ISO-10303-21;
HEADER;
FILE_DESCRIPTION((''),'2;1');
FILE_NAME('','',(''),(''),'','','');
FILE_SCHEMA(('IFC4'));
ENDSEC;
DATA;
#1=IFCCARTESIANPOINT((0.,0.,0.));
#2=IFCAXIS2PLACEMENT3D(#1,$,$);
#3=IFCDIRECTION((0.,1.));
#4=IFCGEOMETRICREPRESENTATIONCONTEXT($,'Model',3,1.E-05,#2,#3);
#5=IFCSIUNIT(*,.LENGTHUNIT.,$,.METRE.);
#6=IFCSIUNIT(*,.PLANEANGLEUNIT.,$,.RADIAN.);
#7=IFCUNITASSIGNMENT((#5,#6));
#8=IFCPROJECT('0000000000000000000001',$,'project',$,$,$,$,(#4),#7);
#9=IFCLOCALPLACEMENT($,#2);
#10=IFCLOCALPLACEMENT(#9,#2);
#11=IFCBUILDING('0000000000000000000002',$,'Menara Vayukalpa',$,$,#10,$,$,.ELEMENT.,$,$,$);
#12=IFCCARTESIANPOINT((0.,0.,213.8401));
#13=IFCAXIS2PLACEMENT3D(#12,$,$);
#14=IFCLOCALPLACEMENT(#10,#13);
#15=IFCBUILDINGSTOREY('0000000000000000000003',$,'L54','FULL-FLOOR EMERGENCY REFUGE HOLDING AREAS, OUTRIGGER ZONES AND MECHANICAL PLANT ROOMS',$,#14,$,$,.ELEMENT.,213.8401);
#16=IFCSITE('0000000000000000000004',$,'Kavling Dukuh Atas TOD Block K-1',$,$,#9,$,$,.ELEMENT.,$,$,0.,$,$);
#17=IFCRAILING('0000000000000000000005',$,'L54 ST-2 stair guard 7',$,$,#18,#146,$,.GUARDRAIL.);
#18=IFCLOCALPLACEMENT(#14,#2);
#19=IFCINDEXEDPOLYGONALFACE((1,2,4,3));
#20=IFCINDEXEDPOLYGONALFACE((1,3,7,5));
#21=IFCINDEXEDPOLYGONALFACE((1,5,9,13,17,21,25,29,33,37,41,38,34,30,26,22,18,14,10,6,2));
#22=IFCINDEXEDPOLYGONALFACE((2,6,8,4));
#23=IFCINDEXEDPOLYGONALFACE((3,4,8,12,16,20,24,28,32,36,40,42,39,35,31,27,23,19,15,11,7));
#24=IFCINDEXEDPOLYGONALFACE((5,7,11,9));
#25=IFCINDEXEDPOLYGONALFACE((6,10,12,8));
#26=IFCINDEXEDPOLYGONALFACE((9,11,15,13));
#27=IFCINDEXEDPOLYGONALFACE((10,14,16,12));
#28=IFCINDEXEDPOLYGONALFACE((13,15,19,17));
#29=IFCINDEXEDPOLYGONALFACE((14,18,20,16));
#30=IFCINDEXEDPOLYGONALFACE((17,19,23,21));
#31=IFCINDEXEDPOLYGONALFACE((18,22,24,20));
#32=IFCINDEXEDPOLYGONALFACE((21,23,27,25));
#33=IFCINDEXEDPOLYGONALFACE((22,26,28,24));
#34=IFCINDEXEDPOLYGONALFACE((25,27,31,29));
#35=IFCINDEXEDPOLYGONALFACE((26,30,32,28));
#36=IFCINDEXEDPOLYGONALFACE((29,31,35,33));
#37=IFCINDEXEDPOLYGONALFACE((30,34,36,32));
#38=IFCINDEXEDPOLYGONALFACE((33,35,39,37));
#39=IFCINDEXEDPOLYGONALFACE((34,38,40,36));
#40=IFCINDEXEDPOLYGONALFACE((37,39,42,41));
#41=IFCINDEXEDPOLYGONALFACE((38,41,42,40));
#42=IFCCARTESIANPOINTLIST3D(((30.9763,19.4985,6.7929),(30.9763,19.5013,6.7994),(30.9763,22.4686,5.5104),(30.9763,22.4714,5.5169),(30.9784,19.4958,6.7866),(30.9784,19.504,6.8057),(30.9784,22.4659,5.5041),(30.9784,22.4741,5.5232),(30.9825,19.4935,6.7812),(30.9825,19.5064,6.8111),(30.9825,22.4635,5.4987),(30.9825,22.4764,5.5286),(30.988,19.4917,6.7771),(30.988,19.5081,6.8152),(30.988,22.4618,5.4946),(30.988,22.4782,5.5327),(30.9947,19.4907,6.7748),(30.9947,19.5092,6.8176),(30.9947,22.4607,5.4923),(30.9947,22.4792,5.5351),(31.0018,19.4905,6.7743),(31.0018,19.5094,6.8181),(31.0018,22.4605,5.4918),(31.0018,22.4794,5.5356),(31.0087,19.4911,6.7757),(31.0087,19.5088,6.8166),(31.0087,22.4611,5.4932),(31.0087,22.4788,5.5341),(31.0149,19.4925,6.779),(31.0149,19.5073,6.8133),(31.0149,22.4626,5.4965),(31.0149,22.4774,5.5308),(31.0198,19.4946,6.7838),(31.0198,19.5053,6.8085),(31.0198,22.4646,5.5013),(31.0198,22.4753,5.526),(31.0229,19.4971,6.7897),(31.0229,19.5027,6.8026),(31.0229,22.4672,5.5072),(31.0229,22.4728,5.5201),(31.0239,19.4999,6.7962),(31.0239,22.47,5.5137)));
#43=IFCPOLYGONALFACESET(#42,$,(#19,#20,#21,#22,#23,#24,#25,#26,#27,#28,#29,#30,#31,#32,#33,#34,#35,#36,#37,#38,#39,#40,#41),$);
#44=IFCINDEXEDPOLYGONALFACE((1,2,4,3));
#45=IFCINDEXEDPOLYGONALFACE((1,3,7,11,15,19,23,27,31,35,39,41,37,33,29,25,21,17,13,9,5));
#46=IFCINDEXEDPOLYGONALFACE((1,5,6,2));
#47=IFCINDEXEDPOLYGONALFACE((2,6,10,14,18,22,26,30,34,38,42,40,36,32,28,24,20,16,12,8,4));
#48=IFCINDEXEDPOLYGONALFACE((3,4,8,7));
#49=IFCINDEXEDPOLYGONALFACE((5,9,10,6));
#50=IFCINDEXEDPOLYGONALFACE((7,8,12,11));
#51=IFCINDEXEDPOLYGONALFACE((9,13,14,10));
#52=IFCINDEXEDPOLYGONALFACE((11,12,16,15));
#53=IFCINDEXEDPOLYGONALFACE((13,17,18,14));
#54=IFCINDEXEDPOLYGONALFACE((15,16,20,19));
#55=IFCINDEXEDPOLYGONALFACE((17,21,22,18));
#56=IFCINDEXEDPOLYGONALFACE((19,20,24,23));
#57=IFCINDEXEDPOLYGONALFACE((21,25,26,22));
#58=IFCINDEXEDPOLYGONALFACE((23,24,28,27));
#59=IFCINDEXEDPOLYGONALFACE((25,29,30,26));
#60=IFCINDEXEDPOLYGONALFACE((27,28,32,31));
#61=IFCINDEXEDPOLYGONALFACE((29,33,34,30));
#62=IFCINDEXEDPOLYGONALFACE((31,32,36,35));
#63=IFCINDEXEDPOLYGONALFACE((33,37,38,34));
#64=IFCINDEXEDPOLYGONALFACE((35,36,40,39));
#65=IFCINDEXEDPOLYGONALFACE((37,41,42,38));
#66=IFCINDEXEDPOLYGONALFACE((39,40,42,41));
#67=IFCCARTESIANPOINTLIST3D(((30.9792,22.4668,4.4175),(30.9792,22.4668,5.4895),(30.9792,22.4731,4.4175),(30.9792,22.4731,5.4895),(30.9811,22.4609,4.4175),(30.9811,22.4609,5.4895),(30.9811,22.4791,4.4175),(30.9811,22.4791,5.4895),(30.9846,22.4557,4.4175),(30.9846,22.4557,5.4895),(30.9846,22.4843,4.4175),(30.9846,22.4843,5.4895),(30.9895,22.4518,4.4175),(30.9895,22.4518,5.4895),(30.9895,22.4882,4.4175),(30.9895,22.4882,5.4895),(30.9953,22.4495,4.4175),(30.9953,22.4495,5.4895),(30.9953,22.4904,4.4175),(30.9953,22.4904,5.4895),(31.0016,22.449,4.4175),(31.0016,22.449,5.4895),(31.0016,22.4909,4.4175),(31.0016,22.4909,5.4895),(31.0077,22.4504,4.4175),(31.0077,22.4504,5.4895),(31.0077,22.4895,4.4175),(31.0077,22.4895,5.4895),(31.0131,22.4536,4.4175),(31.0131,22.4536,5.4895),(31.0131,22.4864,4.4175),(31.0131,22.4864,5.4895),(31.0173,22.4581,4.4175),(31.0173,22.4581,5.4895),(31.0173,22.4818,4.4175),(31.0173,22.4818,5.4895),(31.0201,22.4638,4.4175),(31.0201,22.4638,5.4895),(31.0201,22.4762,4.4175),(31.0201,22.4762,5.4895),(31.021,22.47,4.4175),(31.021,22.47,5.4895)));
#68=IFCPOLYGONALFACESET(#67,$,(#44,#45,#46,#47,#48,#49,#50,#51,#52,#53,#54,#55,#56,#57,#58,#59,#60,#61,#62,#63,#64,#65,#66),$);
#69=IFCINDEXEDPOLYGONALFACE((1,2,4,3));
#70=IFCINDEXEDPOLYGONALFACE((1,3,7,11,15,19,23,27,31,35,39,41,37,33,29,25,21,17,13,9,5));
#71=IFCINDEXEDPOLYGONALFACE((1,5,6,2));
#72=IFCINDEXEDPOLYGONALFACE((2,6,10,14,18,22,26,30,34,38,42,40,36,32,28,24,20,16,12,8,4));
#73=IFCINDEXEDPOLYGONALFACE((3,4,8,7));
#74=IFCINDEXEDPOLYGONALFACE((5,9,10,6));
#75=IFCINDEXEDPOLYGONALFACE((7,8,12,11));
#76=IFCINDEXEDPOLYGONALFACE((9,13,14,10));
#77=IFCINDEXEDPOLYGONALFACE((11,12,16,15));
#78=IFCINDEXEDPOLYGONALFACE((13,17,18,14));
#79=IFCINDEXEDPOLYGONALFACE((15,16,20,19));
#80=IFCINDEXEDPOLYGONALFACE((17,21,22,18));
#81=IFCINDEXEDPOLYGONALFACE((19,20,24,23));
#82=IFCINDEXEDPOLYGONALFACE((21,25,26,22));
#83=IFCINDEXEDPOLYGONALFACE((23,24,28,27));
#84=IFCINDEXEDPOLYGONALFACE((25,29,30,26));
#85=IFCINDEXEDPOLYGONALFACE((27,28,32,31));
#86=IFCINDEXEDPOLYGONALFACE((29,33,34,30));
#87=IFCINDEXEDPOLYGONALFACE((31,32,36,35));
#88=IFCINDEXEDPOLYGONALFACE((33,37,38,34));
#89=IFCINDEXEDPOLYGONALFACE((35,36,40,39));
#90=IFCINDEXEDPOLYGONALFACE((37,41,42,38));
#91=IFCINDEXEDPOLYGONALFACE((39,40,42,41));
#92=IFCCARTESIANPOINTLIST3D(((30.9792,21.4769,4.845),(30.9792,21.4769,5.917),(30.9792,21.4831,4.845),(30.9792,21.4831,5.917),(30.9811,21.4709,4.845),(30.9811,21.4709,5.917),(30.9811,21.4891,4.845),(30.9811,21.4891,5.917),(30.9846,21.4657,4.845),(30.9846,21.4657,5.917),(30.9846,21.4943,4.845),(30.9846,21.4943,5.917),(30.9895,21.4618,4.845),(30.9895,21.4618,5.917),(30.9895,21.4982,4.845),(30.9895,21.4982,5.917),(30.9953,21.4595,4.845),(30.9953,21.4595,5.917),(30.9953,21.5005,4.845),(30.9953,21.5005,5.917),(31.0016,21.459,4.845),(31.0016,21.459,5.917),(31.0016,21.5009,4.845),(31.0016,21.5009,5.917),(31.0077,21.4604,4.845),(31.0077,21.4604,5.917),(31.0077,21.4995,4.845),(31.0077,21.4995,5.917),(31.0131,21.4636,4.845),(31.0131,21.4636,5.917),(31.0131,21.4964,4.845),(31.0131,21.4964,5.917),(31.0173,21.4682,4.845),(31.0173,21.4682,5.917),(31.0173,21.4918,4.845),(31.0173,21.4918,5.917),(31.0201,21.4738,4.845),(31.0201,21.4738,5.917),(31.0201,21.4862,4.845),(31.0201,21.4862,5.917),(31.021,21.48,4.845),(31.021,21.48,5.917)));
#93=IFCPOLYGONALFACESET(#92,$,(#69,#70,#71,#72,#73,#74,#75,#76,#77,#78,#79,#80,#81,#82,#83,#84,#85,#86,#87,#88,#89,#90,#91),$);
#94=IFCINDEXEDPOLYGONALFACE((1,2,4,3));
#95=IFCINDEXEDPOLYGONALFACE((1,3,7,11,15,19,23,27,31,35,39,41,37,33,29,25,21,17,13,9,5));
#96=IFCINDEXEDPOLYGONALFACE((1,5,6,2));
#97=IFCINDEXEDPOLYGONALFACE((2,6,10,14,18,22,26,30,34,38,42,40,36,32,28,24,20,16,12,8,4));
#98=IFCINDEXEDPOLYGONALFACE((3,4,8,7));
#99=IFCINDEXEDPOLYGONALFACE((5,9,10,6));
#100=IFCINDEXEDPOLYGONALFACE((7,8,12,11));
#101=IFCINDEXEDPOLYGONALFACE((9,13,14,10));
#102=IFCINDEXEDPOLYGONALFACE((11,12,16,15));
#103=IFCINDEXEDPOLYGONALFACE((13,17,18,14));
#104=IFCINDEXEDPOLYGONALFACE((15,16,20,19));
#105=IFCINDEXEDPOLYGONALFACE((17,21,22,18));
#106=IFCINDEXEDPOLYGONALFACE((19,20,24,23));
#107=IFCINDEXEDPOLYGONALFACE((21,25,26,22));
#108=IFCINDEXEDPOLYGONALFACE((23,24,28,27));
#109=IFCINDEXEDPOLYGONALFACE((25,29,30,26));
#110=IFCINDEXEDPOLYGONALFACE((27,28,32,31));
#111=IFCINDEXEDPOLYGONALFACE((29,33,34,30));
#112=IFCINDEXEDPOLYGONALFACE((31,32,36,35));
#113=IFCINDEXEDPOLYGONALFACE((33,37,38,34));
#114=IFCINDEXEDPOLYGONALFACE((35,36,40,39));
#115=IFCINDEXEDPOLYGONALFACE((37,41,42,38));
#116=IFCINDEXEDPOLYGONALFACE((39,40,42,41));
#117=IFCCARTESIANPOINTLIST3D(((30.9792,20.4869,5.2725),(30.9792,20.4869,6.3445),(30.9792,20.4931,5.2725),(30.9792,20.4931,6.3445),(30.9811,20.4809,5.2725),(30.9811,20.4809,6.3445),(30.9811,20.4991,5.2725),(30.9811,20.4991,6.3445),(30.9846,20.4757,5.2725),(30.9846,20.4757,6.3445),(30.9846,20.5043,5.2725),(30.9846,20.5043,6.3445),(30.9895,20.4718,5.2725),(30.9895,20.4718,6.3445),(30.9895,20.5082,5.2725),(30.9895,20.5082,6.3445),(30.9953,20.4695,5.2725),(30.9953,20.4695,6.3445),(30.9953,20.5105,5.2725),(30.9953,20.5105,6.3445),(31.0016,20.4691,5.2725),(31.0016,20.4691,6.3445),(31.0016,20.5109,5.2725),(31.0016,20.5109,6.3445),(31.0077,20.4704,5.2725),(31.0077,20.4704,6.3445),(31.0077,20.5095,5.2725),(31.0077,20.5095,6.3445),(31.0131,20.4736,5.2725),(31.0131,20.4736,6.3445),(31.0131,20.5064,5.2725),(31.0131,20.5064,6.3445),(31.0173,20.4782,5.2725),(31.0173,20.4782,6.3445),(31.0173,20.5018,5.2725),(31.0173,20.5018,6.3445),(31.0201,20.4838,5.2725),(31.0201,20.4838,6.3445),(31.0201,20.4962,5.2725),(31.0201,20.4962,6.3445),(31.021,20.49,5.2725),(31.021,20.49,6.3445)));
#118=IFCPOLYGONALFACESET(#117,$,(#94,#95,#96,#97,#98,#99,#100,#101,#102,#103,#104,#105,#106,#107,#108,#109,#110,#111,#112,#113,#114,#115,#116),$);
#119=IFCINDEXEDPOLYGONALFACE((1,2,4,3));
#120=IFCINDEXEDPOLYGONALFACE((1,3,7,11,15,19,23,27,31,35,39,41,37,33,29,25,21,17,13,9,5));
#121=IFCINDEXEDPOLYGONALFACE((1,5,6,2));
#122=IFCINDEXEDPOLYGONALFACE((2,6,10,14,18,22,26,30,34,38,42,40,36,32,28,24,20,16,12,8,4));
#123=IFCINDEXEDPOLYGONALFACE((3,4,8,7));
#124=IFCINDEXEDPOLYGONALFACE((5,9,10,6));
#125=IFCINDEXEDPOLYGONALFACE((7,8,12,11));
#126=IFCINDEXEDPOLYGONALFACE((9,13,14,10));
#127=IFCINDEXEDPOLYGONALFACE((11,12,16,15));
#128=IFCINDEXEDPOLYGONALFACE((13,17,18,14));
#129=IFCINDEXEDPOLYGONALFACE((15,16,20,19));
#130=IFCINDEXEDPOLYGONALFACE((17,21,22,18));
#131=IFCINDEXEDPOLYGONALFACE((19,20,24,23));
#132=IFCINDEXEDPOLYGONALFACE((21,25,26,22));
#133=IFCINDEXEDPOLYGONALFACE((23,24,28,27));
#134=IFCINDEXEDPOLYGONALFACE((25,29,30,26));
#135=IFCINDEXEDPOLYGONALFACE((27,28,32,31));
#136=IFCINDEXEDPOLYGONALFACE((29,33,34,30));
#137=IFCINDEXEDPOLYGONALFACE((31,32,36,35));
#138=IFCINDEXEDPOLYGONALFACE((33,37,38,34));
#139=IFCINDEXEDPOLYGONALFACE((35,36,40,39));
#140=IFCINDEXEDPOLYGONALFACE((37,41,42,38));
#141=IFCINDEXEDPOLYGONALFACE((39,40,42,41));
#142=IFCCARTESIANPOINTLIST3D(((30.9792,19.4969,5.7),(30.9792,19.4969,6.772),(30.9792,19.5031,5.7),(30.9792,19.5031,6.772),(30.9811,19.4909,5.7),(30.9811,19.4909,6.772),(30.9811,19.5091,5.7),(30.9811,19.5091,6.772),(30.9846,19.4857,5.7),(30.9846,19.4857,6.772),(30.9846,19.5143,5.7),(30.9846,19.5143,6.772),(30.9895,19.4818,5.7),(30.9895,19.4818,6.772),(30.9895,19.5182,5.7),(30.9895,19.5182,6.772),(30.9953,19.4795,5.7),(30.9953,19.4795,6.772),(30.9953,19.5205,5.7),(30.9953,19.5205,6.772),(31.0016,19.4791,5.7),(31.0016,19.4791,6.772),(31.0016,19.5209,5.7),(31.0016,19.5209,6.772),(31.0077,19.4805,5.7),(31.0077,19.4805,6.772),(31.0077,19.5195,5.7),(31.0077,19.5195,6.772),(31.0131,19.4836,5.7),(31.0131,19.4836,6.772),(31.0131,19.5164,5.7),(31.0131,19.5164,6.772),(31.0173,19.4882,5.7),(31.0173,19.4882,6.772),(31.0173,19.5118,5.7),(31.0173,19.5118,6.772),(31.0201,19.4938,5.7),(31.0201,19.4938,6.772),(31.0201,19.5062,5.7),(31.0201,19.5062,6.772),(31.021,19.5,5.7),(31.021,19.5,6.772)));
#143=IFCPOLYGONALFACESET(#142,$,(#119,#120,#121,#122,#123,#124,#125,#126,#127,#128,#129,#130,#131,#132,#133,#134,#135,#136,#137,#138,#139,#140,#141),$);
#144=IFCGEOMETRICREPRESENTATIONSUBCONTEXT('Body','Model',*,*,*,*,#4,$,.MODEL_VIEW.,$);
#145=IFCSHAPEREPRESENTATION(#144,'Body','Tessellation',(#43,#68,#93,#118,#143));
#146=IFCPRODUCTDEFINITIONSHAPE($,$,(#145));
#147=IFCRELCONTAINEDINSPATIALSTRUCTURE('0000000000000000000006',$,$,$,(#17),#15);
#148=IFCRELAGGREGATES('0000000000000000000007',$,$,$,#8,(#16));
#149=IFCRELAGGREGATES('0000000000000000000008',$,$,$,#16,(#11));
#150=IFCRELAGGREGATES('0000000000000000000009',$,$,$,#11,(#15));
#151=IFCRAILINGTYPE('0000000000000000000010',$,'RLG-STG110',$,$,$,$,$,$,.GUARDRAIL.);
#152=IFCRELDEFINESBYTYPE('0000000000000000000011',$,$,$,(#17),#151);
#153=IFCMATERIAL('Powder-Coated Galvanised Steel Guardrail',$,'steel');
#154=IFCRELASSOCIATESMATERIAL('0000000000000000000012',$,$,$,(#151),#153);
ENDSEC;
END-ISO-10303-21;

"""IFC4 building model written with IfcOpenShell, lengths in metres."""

from ifc_helpers import new_model, si_unit, direction, frame, origin, origin_2d, place, context, subcontext, project, spatial, circle, extrude, material, type_object, element, save


model = new_model("IFC4")

# Units and contexts
model_context = context("Model", 3, precision=1e-05, world=origin(), true_north=direction((0.0, 1.0)))
body_context = subcontext(model_context, "Body", "Model", "MODEL_VIEW")
ifc_project = project(units=[si_unit("LENGTHUNIT", "METRE"), si_unit("PLANEANGLEUNIT", "RADIAN")], contexts=[model_context])

# Site, building, storey
site_placement = place(None, origin())
site = spatial("IfcSite", under=ifc_project, at=site_placement, Name="Kavling Dukuh Atas TOD Block K-1", CompositionType="ELEMENT", RefElevation=0.0)
building_placement = place(site_placement, origin())
building = spatial("IfcBuilding", under=site, at=building_placement, Name="Menara Vayukalpa", CompositionType="ELEMENT")
storey_placement = place(building_placement, frame((0.0, 0.0, 213.8401)))
storey = spatial("IfcBuildingStorey", under=building, at=storey_placement, Name="L54", Description="FULL-FLOOR EMERGENCY REFUGE HOLDING AREAS, OUTRIGGER ZONES AND MECHANICAL PLANT ROOMS", CompositionType="ELEMENT", Elevation=213.8401)

# Railing
ifc_material_1 = material(Name="Powder-Coated Galvanised Steel Guardrail", Category="steel")
railing_type_1 = type_object("IfcRailingType", Name="RLG-STG110", PredefinedType="GUARDRAIL", material=ifc_material_1)
railing_1_placement = place(storey_placement, frame((31.0, 22.47, 4.4175)))
element("IfcRailing", 1, at=railing_1_placement, inside=storey, type_object=railing_type_1, Name="L54 ST-2 stair guard 7", PredefinedType="GUARDRAIL", context=body_context, shape_type="SweptSolid", body=[
    extrude(circle(Radius=0.0239, at=origin_2d()), frame((0.0, 0.0, 1.0962), z_axis=(0.0, -0.918064, 0.396432), x_axis=(1.0, 0.0, 0.0)), (0.0, 0.0, 1.0), 3.2351),
    extrude(circle(Radius=0.021, at=origin_2d()), origin(), (0.0, 0.0, 1.0), 1.072),
    extrude(circle(Radius=0.021, at=origin_2d()), frame((0.0, -0.99, 0.4275)), (0.0, 0.0, 1.0), 1.072),
    extrude(circle(Radius=0.021, at=origin_2d()), frame((0.0, -1.98, 0.855)), (0.0, 0.0, 1.0), 1.072),
    extrude(circle(Radius=0.021, at=origin_2d()), frame((0.0, -2.97, 1.2825)), (0.0, 0.0, 1.0), 1.072),
])

save(model, "model.ifc")
